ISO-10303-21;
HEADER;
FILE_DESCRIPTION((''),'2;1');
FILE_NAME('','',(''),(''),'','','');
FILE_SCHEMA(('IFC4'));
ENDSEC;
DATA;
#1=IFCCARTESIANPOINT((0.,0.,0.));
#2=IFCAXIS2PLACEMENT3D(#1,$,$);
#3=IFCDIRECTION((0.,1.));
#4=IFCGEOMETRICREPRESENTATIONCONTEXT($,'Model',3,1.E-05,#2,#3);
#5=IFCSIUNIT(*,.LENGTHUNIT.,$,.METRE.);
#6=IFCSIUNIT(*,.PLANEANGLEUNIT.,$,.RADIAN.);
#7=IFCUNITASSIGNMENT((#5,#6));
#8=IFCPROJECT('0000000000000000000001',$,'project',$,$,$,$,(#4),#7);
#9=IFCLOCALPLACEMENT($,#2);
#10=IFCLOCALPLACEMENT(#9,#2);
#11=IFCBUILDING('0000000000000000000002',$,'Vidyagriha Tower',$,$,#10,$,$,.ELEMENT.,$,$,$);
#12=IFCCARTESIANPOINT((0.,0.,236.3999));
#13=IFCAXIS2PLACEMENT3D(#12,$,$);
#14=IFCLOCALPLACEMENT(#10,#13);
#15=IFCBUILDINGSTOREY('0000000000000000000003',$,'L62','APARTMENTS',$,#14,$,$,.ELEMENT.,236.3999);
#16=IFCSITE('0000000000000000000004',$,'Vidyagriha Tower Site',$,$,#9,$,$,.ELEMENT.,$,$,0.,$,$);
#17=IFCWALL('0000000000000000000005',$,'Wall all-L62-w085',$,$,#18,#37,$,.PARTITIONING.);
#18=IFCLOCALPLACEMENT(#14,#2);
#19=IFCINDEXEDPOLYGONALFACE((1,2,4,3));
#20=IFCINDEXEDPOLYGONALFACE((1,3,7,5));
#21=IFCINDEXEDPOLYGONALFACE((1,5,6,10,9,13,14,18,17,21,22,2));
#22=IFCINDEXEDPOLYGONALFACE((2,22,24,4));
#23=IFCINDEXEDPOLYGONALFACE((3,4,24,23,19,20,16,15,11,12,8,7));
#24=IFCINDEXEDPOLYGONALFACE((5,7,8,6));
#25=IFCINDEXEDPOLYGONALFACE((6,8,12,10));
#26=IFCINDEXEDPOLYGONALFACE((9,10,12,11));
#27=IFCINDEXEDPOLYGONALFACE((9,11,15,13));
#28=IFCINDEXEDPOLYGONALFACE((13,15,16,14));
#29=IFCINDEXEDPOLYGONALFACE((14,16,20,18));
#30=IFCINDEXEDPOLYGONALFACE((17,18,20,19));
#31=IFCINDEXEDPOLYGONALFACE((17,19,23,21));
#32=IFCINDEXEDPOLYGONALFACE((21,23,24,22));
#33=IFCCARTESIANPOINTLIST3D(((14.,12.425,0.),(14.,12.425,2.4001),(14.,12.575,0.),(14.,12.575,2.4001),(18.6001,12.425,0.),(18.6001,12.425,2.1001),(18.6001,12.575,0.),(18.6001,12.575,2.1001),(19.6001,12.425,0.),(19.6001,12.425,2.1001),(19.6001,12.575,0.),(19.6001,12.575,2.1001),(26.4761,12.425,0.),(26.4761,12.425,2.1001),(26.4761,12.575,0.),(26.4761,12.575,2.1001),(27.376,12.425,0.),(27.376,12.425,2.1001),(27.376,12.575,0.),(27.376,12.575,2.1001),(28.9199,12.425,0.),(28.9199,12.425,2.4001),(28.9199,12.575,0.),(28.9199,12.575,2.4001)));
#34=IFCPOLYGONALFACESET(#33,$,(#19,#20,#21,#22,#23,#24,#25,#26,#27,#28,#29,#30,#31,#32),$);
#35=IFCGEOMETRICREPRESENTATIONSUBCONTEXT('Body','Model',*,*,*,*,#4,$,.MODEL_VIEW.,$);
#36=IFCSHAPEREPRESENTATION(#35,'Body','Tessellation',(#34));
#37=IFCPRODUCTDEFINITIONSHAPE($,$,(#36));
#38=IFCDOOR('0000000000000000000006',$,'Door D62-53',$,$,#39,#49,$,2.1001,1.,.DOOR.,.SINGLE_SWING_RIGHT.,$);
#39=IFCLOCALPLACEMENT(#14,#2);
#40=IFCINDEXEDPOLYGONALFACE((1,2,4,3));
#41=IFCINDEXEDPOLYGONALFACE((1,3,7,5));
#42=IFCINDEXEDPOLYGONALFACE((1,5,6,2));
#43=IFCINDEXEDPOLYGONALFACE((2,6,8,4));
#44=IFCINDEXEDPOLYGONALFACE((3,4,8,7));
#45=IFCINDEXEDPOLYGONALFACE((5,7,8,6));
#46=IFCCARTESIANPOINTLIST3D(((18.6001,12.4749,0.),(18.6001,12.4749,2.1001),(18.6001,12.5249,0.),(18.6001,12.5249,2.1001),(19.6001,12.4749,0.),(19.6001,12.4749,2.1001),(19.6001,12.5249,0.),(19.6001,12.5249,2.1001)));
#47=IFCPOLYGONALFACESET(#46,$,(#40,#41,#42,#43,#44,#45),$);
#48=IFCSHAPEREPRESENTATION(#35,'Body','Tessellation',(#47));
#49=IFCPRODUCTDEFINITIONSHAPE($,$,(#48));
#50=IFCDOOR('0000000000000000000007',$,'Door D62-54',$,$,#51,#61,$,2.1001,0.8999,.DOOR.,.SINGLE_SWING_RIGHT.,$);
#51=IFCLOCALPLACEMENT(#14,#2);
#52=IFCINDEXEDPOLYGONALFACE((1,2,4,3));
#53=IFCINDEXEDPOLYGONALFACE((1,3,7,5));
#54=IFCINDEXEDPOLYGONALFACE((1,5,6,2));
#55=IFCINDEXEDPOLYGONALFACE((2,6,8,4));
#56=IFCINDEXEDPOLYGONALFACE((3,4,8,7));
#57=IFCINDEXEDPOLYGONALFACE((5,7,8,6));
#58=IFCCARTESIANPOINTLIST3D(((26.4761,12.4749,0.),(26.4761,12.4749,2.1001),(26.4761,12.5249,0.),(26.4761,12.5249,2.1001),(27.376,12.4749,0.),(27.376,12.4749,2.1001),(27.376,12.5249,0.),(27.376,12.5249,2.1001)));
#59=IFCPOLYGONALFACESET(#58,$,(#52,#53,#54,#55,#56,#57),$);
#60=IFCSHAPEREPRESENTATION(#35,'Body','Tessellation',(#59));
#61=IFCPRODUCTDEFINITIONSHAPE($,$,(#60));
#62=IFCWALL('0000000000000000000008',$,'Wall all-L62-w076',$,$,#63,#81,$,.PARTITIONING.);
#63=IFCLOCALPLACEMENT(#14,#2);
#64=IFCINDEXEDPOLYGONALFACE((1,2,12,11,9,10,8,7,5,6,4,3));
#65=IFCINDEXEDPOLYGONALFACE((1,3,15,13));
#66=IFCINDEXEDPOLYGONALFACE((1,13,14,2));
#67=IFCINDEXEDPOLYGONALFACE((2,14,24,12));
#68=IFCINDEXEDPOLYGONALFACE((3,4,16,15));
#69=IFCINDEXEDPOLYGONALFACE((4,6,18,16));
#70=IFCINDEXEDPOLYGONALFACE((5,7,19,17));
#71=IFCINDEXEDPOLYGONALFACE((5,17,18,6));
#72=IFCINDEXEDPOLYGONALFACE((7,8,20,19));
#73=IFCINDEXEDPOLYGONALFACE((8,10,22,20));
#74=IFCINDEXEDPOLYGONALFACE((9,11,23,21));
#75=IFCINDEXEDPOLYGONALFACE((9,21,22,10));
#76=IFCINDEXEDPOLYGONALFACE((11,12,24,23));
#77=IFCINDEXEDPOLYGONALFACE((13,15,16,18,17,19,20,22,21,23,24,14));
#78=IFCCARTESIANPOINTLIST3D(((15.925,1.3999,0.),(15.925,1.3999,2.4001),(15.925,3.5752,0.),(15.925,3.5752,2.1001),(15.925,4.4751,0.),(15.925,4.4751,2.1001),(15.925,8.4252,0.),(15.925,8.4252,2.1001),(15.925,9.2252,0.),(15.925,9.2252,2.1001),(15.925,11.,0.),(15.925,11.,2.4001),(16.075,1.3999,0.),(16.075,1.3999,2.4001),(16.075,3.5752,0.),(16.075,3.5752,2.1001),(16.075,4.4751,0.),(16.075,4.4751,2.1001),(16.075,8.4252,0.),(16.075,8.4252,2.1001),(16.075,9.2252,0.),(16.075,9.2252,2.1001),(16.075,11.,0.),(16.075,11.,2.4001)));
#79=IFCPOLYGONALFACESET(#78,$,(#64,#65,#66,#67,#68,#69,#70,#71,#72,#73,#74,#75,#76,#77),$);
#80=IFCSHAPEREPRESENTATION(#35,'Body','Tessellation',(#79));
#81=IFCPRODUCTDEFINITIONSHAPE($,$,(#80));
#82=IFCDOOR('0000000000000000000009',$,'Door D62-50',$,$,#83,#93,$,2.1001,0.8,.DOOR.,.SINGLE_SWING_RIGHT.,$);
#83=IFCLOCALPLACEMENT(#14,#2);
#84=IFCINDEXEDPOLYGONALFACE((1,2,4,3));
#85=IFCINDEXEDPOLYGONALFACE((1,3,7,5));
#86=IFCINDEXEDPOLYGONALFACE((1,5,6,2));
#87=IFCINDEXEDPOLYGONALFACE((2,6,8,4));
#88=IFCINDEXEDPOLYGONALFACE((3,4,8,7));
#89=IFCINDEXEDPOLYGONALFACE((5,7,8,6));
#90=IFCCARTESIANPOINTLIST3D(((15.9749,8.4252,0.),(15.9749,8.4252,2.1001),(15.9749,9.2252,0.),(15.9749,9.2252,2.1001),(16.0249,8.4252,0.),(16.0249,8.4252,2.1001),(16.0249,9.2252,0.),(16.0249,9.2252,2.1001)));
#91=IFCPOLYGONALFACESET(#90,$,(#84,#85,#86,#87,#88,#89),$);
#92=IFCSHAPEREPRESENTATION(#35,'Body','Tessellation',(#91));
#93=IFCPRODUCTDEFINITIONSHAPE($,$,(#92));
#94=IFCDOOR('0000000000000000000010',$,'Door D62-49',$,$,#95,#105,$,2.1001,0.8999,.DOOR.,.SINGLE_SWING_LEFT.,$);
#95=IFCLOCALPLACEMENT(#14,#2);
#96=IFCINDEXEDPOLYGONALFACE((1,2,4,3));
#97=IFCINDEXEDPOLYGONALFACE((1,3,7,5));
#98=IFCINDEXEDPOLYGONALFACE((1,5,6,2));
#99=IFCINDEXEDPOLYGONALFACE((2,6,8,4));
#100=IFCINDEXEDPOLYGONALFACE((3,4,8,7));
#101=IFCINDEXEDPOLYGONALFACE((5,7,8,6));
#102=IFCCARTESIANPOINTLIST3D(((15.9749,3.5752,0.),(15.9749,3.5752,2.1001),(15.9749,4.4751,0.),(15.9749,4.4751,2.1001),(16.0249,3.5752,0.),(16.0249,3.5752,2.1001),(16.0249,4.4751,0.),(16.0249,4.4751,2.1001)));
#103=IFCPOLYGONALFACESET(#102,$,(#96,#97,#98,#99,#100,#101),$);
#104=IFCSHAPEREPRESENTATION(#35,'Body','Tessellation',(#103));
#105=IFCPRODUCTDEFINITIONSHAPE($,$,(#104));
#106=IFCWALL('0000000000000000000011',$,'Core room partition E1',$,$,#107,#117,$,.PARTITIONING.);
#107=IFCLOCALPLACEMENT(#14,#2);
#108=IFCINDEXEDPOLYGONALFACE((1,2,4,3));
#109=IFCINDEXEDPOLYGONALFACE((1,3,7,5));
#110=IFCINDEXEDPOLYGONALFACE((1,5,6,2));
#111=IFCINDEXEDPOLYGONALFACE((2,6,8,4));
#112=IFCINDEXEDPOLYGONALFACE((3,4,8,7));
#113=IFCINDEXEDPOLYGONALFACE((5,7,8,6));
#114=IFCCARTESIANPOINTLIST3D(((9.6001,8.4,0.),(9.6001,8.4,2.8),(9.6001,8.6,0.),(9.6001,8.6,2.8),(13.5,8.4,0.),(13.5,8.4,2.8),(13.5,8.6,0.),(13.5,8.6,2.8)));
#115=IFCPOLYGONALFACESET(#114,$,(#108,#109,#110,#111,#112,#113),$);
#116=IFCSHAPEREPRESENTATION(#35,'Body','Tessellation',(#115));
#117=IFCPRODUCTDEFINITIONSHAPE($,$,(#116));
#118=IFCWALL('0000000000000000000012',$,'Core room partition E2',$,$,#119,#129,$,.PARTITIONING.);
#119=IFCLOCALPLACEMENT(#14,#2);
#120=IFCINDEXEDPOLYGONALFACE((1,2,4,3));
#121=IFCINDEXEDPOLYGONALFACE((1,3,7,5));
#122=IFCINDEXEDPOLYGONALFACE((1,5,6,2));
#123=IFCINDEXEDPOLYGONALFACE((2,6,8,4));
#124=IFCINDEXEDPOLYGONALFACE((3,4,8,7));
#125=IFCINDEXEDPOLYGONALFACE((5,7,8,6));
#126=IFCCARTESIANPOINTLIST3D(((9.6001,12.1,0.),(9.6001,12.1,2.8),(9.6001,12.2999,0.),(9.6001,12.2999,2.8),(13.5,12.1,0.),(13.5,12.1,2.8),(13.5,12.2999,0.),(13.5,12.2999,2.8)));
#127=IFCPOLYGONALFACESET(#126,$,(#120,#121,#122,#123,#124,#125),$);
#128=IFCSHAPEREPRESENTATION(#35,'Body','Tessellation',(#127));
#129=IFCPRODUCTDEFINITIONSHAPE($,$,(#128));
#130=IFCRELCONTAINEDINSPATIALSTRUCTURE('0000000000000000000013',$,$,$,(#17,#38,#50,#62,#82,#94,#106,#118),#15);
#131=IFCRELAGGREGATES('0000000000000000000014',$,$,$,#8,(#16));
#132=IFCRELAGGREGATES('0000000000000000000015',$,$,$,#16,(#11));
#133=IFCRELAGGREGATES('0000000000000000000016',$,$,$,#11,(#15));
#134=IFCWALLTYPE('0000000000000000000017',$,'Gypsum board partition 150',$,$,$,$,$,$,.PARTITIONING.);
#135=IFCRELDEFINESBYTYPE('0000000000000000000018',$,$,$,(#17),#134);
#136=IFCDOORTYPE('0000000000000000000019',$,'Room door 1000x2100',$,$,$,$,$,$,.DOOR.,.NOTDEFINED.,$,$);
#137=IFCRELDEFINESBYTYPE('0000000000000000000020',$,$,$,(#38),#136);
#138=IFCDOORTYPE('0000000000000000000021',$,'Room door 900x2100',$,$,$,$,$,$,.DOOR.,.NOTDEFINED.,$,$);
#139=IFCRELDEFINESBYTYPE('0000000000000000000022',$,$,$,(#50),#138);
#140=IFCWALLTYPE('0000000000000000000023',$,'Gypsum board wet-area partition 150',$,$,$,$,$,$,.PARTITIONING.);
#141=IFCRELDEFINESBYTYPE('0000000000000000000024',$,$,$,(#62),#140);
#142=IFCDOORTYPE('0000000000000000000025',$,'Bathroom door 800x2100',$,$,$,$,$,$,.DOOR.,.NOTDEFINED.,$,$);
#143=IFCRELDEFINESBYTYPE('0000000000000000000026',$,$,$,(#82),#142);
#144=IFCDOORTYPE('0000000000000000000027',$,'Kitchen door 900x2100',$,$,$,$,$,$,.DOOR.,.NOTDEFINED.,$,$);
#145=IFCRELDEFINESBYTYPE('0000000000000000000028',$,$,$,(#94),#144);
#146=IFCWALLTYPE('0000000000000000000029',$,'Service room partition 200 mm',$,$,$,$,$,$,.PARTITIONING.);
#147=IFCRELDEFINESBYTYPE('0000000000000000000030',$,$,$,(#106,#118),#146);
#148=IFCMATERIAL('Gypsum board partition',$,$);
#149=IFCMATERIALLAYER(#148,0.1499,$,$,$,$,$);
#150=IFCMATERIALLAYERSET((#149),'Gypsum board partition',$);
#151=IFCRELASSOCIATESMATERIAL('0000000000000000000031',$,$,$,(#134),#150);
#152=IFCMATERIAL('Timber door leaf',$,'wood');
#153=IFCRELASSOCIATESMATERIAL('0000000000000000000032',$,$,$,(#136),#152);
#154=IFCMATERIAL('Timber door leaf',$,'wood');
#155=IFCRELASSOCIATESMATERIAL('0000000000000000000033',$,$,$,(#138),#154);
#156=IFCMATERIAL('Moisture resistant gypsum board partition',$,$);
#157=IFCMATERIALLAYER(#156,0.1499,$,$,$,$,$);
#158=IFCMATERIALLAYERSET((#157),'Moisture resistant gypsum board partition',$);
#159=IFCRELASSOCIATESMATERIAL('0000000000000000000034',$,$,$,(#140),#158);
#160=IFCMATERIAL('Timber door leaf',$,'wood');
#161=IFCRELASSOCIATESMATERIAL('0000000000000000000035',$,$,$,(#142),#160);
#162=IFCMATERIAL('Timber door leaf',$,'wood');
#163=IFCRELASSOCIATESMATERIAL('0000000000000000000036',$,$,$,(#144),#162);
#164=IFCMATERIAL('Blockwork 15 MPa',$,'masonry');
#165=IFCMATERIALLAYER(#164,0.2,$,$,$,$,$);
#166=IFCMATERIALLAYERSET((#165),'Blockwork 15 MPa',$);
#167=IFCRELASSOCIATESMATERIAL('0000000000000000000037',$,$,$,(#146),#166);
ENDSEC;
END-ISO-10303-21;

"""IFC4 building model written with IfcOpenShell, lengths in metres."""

from ifc_helpers import new_model, si_unit, direction, frame, frame_2d, origin, place, context, subcontext, project, spatial, rectangle, extrude, material, layer, layer_set, type_object, element, fill, save


model = new_model("IFC4")

# Units and contexts
model_context = context("Model", 3, precision=1e-05, world=origin(), true_north=direction((0.0, 1.0)))
body_context = subcontext(model_context, "Body", "Model", "MODEL_VIEW")
ifc_project = project(units=[si_unit("LENGTHUNIT", "METRE"), si_unit("PLANEANGLEUNIT", "RADIAN")], contexts=[model_context])

# Site, building, storey
site_placement = place(None, origin())
site = spatial("IfcSite", under=ifc_project, at=site_placement, Name="Vidyagriha Tower Site", CompositionType="ELEMENT", RefElevation=0.0)
building_placement = place(site_placement, origin())
building = spatial("IfcBuilding", under=site, at=building_placement, Name="Vidyagriha Tower", CompositionType="ELEMENT")
storey_placement = place(building_placement, frame((0.0, 0.0, 236.3999)))
storey = spatial("IfcBuildingStorey", under=building, at=storey_placement, Name="L62", Description="APARTMENTS", CompositionType="ELEMENT", Elevation=236.3999)

# Shared definitions
ifc_material_1 = material(Name="Gypsum board partition")
ifc_layer_1 = layer(ifc_material_1, 0.1499)
ifc_layer_set_1 = layer_set([ifc_layer_1], Name="Gypsum board partition")
wall_type_1 = type_object("IfcWallType", Name="Gypsum board partition 150", PredefinedType="PARTITIONING", material=ifc_layer_set_1)

# Walls, openings, doors
wall_1_placement = place(storey_placement, frame((14.0, 12.5, 0.0)))
wall_1 = element("IfcWall", 1, at=wall_1_placement, inside=storey, type_object=wall_type_1, Name="Wall all-L62-w085", PredefinedType="PARTITIONING", context=body_context, shape_type="SweptSolid", body=[
    extrude(rectangle(XDim=14.9199, YDim=0.1499, at=frame_2d((7.46, 0.0))), origin(), (0.0, 0.0, 1.0), 2.4001),
])
opening_1_placement = place(wall_1_placement, frame((4.6001, 0.0, 0.0)))
opening_1 = element("IfcOpeningElement", 2, at=opening_1_placement, cuts=wall_1, PredefinedType="OPENING", context=body_context, shape_type="SweptSolid", body=[
    extrude(rectangle(XDim=1.0, YDim=2.1001, at=frame_2d((0.5, 1.05))), frame((0.0, 0.085, 0.0), z_axis=(0.0, -1.0, 0.0), x_axis=(1.0, 0.0, 0.0)), (0.0, 0.0, 1.0), 0.1699),
])
opening_2_placement = place(wall_1_placement, frame((12.4761, 0.0, 0.0)))
opening_2 = element("IfcOpeningElement", 3, at=opening_2_placement, cuts=wall_1, PredefinedType="OPENING", context=body_context, shape_type="SweptSolid", body=[
    extrude(rectangle(XDim=0.8999, YDim=2.1001, at=frame_2d((0.45, 1.05))), frame((0.0, 0.085, 0.0), z_axis=(0.0, -1.0, 0.0), x_axis=(1.0, 0.0, 0.0)), (0.0, 0.0, 1.0), 0.1699),
])
ifc_material_2 = material(Name="Timber door leaf", Category="wood")
door_type_1 = type_object("IfcDoorType", Name="Room door 1000x2100", OperationType="NOTDEFINED", PredefinedType="DOOR", material=ifc_material_2)
door_1_placement = place(opening_1_placement, origin())
door_1 = element("IfcDoor", 4, at=door_1_placement, inside=storey, type_object=door_type_1, Name="Door D62-53", OperationType="SINGLE_SWING_RIGHT", OverallHeight=2.1001, OverallWidth=1.0, PredefinedType="DOOR", context=body_context, shape_type="SweptSolid", body=[
    extrude(rectangle(XDim=1.0, YDim=2.1001, at=frame_2d((0.5, 1.05))), frame((0.0, 0.0249, 0.0), z_axis=(0.0, -1.0, 0.0), x_axis=(1.0, 0.0, 0.0)), (0.0, 0.0, 1.0), 0.05),
])
fill(opening_1, door_1)
ifc_material_3 = material(Name="Timber door leaf", Category="wood")
door_type_2 = type_object("IfcDoorType", Name="Room door 900x2100", OperationType="NOTDEFINED", PredefinedType="DOOR", material=ifc_material_3)
door_2_placement = place(opening_2_placement, origin())
door_2 = element("IfcDoor", 5, at=door_2_placement, inside=storey, type_object=door_type_2, Name="Door D62-54", OperationType="SINGLE_SWING_RIGHT", OverallHeight=2.1001, OverallWidth=0.8999, PredefinedType="DOOR", context=body_context, shape_type="SweptSolid", body=[
    extrude(rectangle(XDim=0.8999, YDim=2.1001, at=frame_2d((0.45, 1.05))), frame((0.0, 0.0249, 0.0), z_axis=(0.0, -1.0, 0.0), x_axis=(1.0, 0.0, 0.0)), (0.0, 0.0, 1.0), 0.05),
])
fill(opening_2, door_2)
ifc_material_4 = material(Name="Moisture resistant gypsum board partition")
ifc_layer_2 = layer(ifc_material_4, 0.1499)
ifc_layer_set_2 = layer_set([ifc_layer_2], Name="Moisture resistant gypsum board partition")
wall_type_2 = type_object("IfcWallType", Name="Gypsum board wet-area partition 150", PredefinedType="PARTITIONING", material=ifc_layer_set_2)
wall_2_placement = place(storey_placement, frame((16.0, 11.0, 0.0), z_axis=(0.0, 0.0, 1.0), x_axis=(0.0, -1.0, 0.0)))
wall_2 = element("IfcWall", 6, at=wall_2_placement, inside=storey, type_object=wall_type_2, Name="Wall all-L62-w076", PredefinedType="PARTITIONING", context=body_context, shape_type="SweptSolid", body=[
    extrude(rectangle(XDim=9.6001, YDim=0.1499, at=frame_2d((4.8, 0.0))), origin(), (0.0, 0.0, 1.0), 2.4001),
])
opening_3_placement = place(wall_2_placement, frame((6.5249, 0.0, 0.0)))
opening_3 = element("IfcOpeningElement", 7, at=opening_3_placement, cuts=wall_2, PredefinedType="OPENING", context=body_context, shape_type="SweptSolid", body=[
    extrude(rectangle(XDim=0.8999, YDim=2.1001, at=frame_2d((0.45, 1.05))), frame((0.0, 0.085, 0.0), z_axis=(0.0, -1.0, 0.0), x_axis=(1.0, 0.0, 0.0)), (0.0, 0.0, 1.0), 0.1699),
])
opening_4_placement = place(wall_2_placement, frame((1.7749, 0.0, 0.0)))
opening_4 = element("IfcOpeningElement", 8, at=opening_4_placement, cuts=wall_2, PredefinedType="OPENING", context=body_context, shape_type="SweptSolid", body=[
    extrude(rectangle(XDim=0.8, YDim=2.1001, at=frame_2d((0.3999, 1.05))), frame((0.0, 0.085, 0.0), z_axis=(0.0, -1.0, 0.0), x_axis=(1.0, 0.0, 0.0)), (0.0, 0.0, 1.0), 0.1699),
])
ifc_material_5 = material(Name="Timber door leaf", Category="wood")
door_type_3 = type_object("IfcDoorType", Name="Bathroom door 800x2100", OperationType="NOTDEFINED", PredefinedType="DOOR", material=ifc_material_5)
door_3_placement = place(opening_4_placement, origin())
door_3 = element("IfcDoor", 9, at=door_3_placement, inside=storey, type_object=door_type_3, Name="Door D62-50", OperationType="SINGLE_SWING_RIGHT", OverallHeight=2.1001, OverallWidth=0.8, PredefinedType="DOOR", context=body_context, shape_type="SweptSolid", body=[
    extrude(rectangle(XDim=0.8, YDim=2.1001, at=frame_2d((0.3999, 1.05))), frame((0.0, 0.0249, 0.0), z_axis=(0.0, -1.0, 0.0), x_axis=(1.0, 0.0, 0.0)), (0.0, 0.0, 1.0), 0.05),
])
fill(opening_4, door_3)
ifc_material_6 = material(Name="Timber door leaf", Category="wood")
door_type_4 = type_object("IfcDoorType", Name="Kitchen door 900x2100", OperationType="NOTDEFINED", PredefinedType="DOOR", material=ifc_material_6)
door_4_placement = place(opening_3_placement, origin())
door_4 = element("IfcDoor", 10, at=door_4_placement, inside=storey, type_object=door_type_4, Name="Door D62-49", OperationType="SINGLE_SWING_LEFT", OverallHeight=2.1001, OverallWidth=0.8999, PredefinedType="DOOR", context=body_context, shape_type="SweptSolid", body=[
    extrude(rectangle(XDim=0.8999, YDim=2.1001, at=frame_2d((0.45, 1.05))), frame((0.0, 0.0249, 0.0), z_axis=(0.0, -1.0, 0.0), x_axis=(1.0, 0.0, 0.0)), (0.0, 0.0, 1.0), 0.05),
])
fill(opening_3, door_4)

# Walls
ifc_material_7 = material(Name="Blockwork 15 MPa", Category="masonry")
ifc_layer_3 = layer(ifc_material_7, 0.2)
ifc_layer_set_3 = layer_set([ifc_layer_3], Name="Blockwork 15 MPa")
wall_type_3 = type_object("IfcWallType", Name="Service room partition 200 mm", PredefinedType="PARTITIONING", material=ifc_layer_set_3)
for number, where, name in (
    (11, (9.6001, 8.5, 0.0), "Core room partition E1"),
    (12, (9.6001, 12.2, 0.0), "Core room partition E2"),
):
    element("IfcWall", number, at=place(storey_placement, frame(where)), inside=storey, type_object=wall_type_3, Name=name, PredefinedType="PARTITIONING", context=body_context, shape_type="SweptSolid", body=[
        extrude(rectangle(XDim=3.8999, YDim=0.2, at=frame_2d((1.95, 0.0))), origin(), (0.0, 0.0, 1.0), 2.8),
    ])

save(model, "model.ifc")
